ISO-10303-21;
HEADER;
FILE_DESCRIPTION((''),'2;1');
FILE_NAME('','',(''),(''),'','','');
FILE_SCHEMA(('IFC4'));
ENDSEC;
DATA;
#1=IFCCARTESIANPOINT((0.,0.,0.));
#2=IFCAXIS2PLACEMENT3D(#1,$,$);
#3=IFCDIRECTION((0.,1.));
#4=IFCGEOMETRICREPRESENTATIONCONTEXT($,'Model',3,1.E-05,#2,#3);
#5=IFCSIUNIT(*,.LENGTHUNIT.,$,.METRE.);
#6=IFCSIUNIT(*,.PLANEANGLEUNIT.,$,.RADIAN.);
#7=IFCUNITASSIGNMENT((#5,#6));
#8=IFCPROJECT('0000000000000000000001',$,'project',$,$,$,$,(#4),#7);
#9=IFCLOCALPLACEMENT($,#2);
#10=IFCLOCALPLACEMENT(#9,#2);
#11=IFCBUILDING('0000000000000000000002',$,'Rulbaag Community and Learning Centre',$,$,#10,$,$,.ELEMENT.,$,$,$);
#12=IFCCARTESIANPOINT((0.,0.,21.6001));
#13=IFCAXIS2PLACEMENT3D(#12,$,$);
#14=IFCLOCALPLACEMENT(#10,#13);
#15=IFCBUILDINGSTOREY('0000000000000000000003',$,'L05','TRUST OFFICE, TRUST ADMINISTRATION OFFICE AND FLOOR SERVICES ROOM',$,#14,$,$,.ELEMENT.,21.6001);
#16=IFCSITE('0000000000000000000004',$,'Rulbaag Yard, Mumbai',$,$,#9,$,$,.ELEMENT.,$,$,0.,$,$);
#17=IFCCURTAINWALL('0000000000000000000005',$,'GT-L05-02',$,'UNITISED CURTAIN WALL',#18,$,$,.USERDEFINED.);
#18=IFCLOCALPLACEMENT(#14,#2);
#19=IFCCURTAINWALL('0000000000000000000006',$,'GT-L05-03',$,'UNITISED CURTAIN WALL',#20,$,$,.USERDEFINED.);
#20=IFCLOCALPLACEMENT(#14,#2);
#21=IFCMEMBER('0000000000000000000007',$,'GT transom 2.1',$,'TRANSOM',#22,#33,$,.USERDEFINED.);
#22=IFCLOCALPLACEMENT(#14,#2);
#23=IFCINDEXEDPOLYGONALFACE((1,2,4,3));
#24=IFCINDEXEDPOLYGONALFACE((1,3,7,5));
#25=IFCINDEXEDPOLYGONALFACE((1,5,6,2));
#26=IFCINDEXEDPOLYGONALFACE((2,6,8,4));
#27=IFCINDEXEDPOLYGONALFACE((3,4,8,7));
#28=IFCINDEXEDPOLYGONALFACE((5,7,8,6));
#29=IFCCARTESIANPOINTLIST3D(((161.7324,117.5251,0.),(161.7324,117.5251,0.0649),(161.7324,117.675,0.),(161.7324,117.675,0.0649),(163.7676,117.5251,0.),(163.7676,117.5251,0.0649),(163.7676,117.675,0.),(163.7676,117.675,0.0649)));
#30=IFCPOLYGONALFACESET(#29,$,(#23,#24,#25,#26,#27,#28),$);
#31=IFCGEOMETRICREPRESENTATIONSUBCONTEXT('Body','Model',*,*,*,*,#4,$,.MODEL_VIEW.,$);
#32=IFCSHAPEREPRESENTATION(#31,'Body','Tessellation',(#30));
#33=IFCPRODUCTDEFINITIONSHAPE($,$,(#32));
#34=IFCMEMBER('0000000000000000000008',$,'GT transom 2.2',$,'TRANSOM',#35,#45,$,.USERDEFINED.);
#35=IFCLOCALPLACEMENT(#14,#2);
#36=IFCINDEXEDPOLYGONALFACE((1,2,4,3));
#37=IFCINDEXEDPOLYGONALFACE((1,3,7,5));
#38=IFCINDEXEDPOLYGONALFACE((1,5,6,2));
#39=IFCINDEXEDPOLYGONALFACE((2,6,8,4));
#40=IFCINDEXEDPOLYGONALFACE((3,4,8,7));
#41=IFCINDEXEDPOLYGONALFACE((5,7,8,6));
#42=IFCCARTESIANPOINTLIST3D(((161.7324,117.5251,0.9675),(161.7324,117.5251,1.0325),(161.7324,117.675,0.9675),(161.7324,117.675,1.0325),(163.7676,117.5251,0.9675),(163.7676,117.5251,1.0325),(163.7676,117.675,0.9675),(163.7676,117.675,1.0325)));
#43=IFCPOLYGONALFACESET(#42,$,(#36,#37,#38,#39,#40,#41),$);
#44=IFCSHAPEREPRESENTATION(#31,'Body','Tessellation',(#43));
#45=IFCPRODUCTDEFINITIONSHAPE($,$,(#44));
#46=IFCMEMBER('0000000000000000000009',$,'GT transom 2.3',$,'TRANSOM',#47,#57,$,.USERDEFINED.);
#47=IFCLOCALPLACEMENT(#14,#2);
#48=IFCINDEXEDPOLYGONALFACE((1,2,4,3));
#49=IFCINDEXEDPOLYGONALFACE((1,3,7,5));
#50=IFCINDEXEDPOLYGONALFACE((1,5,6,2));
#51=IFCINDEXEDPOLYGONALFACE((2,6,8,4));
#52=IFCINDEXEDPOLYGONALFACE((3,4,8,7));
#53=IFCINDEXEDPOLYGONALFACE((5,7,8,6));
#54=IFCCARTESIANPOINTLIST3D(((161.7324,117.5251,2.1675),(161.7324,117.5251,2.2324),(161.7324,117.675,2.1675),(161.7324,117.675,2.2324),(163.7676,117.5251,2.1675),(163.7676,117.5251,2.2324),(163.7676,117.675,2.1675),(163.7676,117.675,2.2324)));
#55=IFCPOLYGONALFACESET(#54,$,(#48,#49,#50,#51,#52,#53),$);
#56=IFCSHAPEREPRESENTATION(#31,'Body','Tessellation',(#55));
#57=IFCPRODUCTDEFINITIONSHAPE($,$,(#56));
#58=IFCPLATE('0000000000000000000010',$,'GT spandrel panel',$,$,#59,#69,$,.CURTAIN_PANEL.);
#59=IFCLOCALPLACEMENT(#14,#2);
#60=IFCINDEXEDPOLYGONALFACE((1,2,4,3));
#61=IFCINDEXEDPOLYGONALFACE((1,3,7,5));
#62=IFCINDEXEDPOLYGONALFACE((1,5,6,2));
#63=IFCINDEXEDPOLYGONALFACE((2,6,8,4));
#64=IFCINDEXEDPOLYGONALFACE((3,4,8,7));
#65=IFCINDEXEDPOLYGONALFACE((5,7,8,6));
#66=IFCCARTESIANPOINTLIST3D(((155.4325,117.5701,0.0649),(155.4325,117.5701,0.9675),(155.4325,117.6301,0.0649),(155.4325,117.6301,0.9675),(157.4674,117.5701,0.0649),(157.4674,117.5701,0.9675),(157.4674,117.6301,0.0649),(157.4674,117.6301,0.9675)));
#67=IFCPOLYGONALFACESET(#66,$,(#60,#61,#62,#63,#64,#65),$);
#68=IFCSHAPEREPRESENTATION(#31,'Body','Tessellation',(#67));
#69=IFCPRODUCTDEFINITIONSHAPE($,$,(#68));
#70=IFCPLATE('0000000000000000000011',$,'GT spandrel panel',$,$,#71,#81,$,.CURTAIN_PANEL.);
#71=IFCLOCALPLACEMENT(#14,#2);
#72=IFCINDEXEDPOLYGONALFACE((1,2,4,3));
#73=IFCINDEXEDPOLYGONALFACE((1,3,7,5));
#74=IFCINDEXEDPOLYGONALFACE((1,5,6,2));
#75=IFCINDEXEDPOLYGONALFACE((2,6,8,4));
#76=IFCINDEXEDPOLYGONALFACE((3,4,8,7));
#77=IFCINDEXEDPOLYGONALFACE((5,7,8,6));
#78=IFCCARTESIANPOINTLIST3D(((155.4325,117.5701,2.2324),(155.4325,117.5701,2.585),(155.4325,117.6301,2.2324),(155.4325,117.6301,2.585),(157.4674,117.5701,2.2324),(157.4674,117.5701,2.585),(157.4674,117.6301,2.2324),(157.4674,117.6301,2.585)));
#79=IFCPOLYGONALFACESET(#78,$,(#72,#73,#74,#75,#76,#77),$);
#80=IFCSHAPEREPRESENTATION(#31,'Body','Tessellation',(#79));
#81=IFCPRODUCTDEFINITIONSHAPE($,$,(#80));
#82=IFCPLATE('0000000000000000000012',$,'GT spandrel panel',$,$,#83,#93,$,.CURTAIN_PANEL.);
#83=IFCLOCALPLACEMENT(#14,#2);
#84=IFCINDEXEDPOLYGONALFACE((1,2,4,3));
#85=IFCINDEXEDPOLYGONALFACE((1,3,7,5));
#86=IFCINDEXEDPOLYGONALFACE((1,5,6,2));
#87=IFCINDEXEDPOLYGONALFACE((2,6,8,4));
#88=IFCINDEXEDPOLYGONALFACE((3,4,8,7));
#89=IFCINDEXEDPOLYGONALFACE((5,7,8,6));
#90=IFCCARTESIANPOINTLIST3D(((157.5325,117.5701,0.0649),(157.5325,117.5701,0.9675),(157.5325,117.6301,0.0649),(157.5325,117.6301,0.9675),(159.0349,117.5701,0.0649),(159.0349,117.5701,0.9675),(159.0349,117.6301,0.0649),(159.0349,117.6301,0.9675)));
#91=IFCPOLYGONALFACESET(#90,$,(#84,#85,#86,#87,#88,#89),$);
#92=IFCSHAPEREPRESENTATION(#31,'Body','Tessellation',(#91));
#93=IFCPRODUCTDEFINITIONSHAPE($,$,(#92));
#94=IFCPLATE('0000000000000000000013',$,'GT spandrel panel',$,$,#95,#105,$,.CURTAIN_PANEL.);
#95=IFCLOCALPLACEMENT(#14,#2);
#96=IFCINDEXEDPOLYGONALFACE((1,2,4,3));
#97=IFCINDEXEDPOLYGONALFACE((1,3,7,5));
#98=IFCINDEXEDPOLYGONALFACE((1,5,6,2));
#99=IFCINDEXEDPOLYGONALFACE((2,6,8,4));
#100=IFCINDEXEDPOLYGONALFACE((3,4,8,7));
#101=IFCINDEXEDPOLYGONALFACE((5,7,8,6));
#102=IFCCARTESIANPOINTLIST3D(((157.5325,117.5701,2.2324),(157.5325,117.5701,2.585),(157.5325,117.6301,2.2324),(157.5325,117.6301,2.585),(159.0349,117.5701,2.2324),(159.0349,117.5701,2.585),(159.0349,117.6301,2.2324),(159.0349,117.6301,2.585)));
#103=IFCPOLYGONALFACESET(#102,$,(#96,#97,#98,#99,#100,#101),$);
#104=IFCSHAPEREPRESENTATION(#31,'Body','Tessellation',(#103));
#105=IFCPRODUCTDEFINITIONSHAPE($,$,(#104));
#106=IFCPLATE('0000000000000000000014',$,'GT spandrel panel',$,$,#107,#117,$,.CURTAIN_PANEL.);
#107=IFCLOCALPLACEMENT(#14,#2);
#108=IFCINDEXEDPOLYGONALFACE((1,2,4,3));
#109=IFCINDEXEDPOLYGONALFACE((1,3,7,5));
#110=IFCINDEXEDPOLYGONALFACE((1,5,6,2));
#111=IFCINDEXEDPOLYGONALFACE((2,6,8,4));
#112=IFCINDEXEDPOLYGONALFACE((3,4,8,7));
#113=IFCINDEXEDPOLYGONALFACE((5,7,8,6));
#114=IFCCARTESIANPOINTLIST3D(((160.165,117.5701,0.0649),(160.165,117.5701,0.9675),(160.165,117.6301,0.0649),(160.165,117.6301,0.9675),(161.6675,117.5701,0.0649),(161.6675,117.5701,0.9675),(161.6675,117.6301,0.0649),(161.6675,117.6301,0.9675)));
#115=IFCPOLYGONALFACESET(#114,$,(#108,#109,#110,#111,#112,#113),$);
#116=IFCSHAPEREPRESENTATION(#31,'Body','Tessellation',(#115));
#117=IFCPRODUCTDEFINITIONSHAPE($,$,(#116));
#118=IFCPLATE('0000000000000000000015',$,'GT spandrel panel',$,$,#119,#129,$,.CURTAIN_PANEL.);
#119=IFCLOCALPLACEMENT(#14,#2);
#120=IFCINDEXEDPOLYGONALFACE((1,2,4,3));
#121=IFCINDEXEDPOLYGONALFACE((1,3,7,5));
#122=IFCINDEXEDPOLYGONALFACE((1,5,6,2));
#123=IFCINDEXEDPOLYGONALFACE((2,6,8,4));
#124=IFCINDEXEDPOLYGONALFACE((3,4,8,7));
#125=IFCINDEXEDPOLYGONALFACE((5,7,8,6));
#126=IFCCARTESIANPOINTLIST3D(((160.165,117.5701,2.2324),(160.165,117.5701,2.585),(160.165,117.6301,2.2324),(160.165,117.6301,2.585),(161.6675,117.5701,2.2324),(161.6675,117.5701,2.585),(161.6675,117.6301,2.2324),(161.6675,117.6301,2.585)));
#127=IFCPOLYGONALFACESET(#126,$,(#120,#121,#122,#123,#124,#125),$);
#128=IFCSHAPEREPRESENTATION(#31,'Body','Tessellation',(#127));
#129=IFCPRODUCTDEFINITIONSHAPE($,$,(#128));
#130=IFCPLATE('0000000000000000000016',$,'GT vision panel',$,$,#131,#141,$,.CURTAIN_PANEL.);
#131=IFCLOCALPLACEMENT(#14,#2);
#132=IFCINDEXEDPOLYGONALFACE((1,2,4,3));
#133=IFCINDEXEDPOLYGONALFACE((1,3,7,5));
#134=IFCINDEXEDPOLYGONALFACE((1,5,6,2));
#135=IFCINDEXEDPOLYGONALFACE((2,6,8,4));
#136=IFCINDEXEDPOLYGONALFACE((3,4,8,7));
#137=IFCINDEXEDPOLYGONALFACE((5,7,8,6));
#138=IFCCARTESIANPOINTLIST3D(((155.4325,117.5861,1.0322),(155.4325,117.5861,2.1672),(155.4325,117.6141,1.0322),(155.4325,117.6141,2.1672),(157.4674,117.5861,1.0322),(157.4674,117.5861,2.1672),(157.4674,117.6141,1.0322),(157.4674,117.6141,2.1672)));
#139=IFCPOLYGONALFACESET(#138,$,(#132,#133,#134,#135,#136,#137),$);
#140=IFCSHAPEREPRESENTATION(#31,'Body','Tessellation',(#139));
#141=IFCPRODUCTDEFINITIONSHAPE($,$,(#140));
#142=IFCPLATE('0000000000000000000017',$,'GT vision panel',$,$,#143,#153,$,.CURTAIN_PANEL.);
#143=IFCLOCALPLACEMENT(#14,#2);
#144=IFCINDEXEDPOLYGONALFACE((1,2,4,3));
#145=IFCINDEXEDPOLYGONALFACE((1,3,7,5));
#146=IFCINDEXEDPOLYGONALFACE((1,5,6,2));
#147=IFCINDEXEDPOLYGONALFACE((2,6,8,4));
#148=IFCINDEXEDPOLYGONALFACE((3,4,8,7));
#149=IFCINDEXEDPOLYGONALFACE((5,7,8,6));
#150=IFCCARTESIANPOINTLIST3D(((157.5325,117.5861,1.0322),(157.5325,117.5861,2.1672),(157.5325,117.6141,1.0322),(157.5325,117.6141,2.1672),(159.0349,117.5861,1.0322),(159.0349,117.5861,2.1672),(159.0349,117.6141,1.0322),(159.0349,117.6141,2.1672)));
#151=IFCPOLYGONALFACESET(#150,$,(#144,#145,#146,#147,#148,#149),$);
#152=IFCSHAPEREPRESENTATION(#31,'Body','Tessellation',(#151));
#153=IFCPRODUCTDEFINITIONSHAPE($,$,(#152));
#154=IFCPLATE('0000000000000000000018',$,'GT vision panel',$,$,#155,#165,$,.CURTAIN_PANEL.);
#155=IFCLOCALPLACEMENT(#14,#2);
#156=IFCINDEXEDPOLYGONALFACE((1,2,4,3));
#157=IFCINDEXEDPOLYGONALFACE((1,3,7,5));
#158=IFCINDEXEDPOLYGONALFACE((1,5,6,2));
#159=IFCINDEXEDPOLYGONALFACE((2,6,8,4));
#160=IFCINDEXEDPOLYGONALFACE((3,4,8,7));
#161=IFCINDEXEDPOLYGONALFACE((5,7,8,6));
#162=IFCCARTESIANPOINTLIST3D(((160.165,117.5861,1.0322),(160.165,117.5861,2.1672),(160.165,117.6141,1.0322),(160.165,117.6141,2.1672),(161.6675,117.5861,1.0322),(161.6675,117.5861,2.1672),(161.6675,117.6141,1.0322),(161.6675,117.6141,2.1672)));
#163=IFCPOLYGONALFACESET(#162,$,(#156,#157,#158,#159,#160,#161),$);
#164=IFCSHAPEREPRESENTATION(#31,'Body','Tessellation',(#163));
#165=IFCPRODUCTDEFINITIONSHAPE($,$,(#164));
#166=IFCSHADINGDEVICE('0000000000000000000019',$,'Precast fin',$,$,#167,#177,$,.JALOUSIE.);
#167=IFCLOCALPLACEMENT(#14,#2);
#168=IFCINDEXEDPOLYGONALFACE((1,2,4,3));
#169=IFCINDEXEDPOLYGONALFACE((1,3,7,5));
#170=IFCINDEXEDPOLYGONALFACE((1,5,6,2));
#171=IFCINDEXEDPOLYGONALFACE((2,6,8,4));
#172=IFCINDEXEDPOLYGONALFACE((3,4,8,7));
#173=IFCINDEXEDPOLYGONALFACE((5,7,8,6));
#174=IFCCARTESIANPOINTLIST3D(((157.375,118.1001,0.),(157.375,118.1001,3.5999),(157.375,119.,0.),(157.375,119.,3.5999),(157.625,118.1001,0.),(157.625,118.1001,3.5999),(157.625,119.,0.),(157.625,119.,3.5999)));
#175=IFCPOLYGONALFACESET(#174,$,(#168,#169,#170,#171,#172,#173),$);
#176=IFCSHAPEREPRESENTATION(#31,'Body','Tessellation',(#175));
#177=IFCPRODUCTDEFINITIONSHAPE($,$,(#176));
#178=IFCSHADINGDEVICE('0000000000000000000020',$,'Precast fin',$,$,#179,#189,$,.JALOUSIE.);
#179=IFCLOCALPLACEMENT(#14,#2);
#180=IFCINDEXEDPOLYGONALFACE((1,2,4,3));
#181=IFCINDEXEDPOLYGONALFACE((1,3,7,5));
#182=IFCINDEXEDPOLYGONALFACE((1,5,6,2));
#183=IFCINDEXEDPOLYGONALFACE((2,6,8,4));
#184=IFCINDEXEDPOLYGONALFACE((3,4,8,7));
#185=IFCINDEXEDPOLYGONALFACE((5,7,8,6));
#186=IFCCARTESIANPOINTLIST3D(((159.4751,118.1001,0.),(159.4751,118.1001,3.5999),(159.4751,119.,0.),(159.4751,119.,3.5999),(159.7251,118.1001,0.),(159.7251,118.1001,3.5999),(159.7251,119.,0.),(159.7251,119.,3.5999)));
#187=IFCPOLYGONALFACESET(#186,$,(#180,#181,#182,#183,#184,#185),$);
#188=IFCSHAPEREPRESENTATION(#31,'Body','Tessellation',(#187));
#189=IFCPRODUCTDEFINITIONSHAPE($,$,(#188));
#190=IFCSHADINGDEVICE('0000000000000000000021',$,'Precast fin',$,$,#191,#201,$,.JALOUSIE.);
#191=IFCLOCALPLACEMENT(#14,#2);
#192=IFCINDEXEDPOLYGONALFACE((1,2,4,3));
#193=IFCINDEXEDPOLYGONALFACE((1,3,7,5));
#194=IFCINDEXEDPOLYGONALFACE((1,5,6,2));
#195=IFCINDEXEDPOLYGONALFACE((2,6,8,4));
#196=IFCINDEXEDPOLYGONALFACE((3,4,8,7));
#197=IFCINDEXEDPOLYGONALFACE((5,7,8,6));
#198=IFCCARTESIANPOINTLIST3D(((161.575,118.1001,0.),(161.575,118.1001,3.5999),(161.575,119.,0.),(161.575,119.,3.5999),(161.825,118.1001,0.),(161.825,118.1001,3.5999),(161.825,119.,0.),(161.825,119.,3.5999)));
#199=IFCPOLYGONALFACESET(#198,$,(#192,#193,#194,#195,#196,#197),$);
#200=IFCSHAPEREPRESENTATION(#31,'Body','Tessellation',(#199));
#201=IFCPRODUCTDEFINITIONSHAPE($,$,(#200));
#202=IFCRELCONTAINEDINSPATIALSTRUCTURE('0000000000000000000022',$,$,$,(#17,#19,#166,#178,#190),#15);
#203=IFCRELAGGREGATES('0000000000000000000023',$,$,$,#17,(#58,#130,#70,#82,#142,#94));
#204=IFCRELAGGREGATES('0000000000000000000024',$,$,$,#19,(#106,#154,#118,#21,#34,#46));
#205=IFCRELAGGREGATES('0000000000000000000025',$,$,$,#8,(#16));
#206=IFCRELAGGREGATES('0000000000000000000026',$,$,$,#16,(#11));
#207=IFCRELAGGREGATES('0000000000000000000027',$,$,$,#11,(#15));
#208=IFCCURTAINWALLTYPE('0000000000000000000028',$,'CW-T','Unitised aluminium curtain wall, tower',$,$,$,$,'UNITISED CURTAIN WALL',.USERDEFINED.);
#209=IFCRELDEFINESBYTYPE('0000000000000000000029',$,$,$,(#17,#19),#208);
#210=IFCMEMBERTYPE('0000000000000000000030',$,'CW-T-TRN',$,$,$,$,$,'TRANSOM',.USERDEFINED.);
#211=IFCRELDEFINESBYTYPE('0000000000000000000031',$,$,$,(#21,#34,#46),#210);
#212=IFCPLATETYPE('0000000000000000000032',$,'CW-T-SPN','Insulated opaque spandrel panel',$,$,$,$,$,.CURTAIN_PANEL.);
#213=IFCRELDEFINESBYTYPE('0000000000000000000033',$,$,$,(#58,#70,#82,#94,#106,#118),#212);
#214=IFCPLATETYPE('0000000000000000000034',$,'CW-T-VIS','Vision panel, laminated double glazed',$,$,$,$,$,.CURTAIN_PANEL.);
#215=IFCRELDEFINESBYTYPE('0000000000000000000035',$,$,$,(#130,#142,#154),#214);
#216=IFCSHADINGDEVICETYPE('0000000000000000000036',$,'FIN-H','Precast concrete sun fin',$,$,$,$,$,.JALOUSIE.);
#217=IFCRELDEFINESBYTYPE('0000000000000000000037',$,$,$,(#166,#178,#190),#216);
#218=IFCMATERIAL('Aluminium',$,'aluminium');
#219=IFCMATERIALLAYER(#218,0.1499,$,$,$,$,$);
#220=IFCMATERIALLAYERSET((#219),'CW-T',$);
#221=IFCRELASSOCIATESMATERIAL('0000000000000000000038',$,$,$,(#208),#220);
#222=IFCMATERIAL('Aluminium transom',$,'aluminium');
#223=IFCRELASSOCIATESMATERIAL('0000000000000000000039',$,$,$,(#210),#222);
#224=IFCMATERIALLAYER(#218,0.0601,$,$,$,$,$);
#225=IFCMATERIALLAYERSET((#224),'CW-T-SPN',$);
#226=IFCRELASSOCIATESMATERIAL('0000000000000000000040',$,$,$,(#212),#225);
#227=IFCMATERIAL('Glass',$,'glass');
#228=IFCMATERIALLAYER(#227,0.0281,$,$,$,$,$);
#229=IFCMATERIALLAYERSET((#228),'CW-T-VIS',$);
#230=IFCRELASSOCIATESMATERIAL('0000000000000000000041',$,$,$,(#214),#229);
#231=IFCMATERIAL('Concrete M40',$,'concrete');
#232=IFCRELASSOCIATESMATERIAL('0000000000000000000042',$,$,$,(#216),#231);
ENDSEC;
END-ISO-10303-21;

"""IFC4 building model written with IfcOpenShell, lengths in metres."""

from ifc_helpers import new_model, si_unit, direction, frame, origin, origin_2d, place, context, subcontext, project, spatial, rectangle, extrude, material, layer, layer_set, material_profile, profile_set, type_object, element, aggregate, save


model = new_model("IFC4")

# Units and contexts
model_context = context("Model", 3, precision=1e-05, world=origin(), true_north=direction((0.0, 1.0)))
body_context = subcontext(model_context, "Body", "Model", "MODEL_VIEW")
ifc_project = project(units=[si_unit("LENGTHUNIT", "METRE"), si_unit("PLANEANGLEUNIT", "RADIAN")], contexts=[model_context])

# Site, building, storey
site_placement = place(None, origin())
site = spatial("IfcSite", under=ifc_project, at=site_placement, Name="Rulbaag Yard, Mumbai", CompositionType="ELEMENT", RefElevation=0.0)
building_placement = place(site_placement, origin())
building = spatial("IfcBuilding", under=site, at=building_placement, Name="Rulbaag Community and Learning Centre", CompositionType="ELEMENT")
storey_placement = place(building_placement, frame((0.0, 0.0, 21.6001)))
storey = spatial("IfcBuildingStorey", under=building, at=storey_placement, Name="L05", Description="TRUST OFFICE, TRUST ADMINISTRATION OFFICE AND FLOOR SERVICES ROOM", CompositionType="ELEMENT", Elevation=21.6001)

# Shared definitions
ifc_material_1 = material(Name="Concrete M40", Category="concrete")

# Curtain walls
ifc_material_2 = material(Name="Aluminium", Category="aluminium")
ifc_layer_1 = layer(ifc_material_2, 0.1499)
ifc_layer_set_1 = layer_set([ifc_layer_1], Name="CW-T")
curtain_wall_type = type_object("IfcCurtainWallType", Name="CW-T", Description="Unitised aluminium curtain wall, tower", ElementType="UNITISED CURTAIN WALL", PredefinedType="USERDEFINED", material=ifc_layer_set_1)
curtain_wall_1_placement = place(storey_placement, origin())
curtain_wall_1 = element("IfcCurtainWall", 1, at=curtain_wall_1_placement, inside=storey, type_object=curtain_wall_type, Name="GT-L05-02", ObjectType="UNITISED CURTAIN WALL", PredefinedType="USERDEFINED")
curtain_wall_2_placement = place(storey_placement, origin())
curtain_wall_2 = element("IfcCurtainWall", 2, at=curtain_wall_2_placement, inside=storey, type_object=curtain_wall_type, Name="GT-L05-03", ObjectType="UNITISED CURTAIN WALL", PredefinedType="USERDEFINED")

# Members
ifc_material_3 = material(Name="Aluminium transom", Category="aluminium")
ifc_material_profile_1 = material_profile(ifc_material_3, rectangle(XDim=0.1499, YDim=0.0649, at=origin_2d()), Name="AL 65x150 T")
ifc_profile_set_1 = profile_set([ifc_material_profile_1], Name="Aluminium transom")
member_type_1 = type_object("IfcMemberType", Name="CW-T-TRN", ElementType="TRANSOM", PredefinedType="USERDEFINED", material=ifc_profile_set_1)
member_1_placement = place(storey_placement, frame((161.7324, 117.6001, 0.0325), z_axis=(1.0, 0.0, 0.0), x_axis=(0.0, 1.0, 0.0)))
member_1 = element("IfcMember", 3, at=member_1_placement, type_object=member_type_1, Name="GT transom 2.1", ObjectType="TRANSOM", PredefinedType="USERDEFINED", context=body_context, shape_type="SweptSolid", body=[
    extrude(rectangle(XDim=0.1499, YDim=0.0649, at=origin_2d()), origin(), (0.0, 0.0, 1.0), 2.0352),
])
member_2_placement = place(storey_placement, frame((161.7324, 117.6001, 1.0), z_axis=(1.0, 0.0, 0.0), x_axis=(0.0, 1.0, 0.0)))
member_2 = element("IfcMember", 4, at=member_2_placement, type_object=member_type_1, Name="GT transom 2.2", ObjectType="TRANSOM", PredefinedType="USERDEFINED", context=body_context, shape_type="SweptSolid", body=[
    extrude(rectangle(XDim=0.1499, YDim=0.0649, at=origin_2d()), origin(), (0.0, 0.0, 1.0), 2.0352),
])
member_3_placement = place(storey_placement, frame((161.7324, 117.6001, 2.2), z_axis=(1.0, 0.0, 0.0), x_axis=(0.0, 1.0, 0.0)))
member_3 = element("IfcMember", 5, at=member_3_placement, type_object=member_type_1, Name="GT transom 2.3", ObjectType="TRANSOM", PredefinedType="USERDEFINED", context=body_context, shape_type="SweptSolid", body=[
    extrude(rectangle(XDim=0.1499, YDim=0.0649, at=origin_2d()), origin(), (0.0, 0.0, 1.0), 2.0352),
])

# Plates
ifc_layer_2 = layer(ifc_material_2, 0.0601)
ifc_layer_set_2 = layer_set([ifc_layer_2], Name="CW-T-SPN")
plate_type_1 = type_object("IfcPlateType", Name="CW-T-SPN", Description="Insulated opaque spandrel panel", PredefinedType="CURTAIN_PANEL", material=ifc_layer_set_2)
plate_1_placement = place(storey_placement, frame((156.45, 117.6001, 0.0649), z_axis=(0.0, 0.0, 1.0), x_axis=(1.0, 0.0, 0.0)))
plate_1 = element("IfcPlate", 6, at=plate_1_placement, type_object=plate_type_1, Name="GT spandrel panel", PredefinedType="CURTAIN_PANEL", context=body_context, shape_type="SweptSolid", body=[
    extrude(rectangle(XDim=2.0349, YDim=0.0601, at=origin_2d()), origin(), (0.0, 0.0, 1.0), 0.9026),
])
plate_2_placement = place(storey_placement, frame((156.45, 117.6001, 2.2324), z_axis=(0.0, 0.0, 1.0), x_axis=(1.0, 0.0, 0.0)))
plate_2 = element("IfcPlate", 7, at=plate_2_placement, type_object=plate_type_1, Name="GT spandrel panel", PredefinedType="CURTAIN_PANEL", context=body_context, shape_type="SweptSolid", body=[
    extrude(rectangle(XDim=2.0349, YDim=0.0601, at=origin_2d()), origin(), (0.0, 0.0, 1.0), 0.3525),
])
plate_3_placement = place(storey_placement, frame((158.2837, 117.6001, 0.0649), z_axis=(0.0, 0.0, 1.0), x_axis=(1.0, 0.0, 0.0)))
plate_3 = element("IfcPlate", 8, at=plate_3_placement, type_object=plate_type_1, Name="GT spandrel panel", PredefinedType="CURTAIN_PANEL", context=body_context, shape_type="SweptSolid", body=[
    extrude(rectangle(XDim=1.5024, YDim=0.0601, at=origin_2d()), origin(), (0.0, 0.0, 1.0), 0.9026),
])
plate_4_placement = place(storey_placement, frame((158.2837, 117.6001, 2.2324), z_axis=(0.0, 0.0, 1.0), x_axis=(1.0, 0.0, 0.0)))
plate_4 = element("IfcPlate", 9, at=plate_4_placement, type_object=plate_type_1, Name="GT spandrel panel", PredefinedType="CURTAIN_PANEL", context=body_context, shape_type="SweptSolid", body=[
    extrude(rectangle(XDim=1.5024, YDim=0.0601, at=origin_2d()), origin(), (0.0, 0.0, 1.0), 0.3525),
])
plate_5_placement = place(storey_placement, frame((160.9163, 117.6001, 0.0649), z_axis=(0.0, 0.0, 1.0), x_axis=(1.0, 0.0, 0.0)))
plate_5 = element("IfcPlate", 10, at=plate_5_placement, type_object=plate_type_1, Name="GT spandrel panel", PredefinedType="CURTAIN_PANEL", context=body_context, shape_type="SweptSolid", body=[
    extrude(rectangle(XDim=1.5024, YDim=0.0601, at=origin_2d()), origin(), (0.0, 0.0, 1.0), 0.9026),
])
plate_6_placement = place(storey_placement, frame((160.9163, 117.6001, 2.2324), z_axis=(0.0, 0.0, 1.0), x_axis=(1.0, 0.0, 0.0)))
plate_6 = element("IfcPlate", 11, at=plate_6_placement, type_object=plate_type_1, Name="GT spandrel panel", PredefinedType="CURTAIN_PANEL", context=body_context, shape_type="SweptSolid", body=[
    extrude(rectangle(XDim=1.5024, YDim=0.0601, at=origin_2d()), origin(), (0.0, 0.0, 1.0), 0.3525),
])
ifc_material_4 = material(Name="Glass", Category="glass")
ifc_layer_3 = layer(ifc_material_4, 0.0281)
ifc_layer_set_3 = layer_set([ifc_layer_3], Name="CW-T-VIS")
plate_type_2 = type_object("IfcPlateType", Name="CW-T-VIS", Description="Vision panel, laminated double glazed", PredefinedType="CURTAIN_PANEL", material=ifc_layer_set_3)
plate_7_placement = place(storey_placement, frame((156.45, 117.6001, 1.0322), z_axis=(0.0, 0.0, 1.0), x_axis=(1.0, 0.0, 0.0)))
plate_7 = element("IfcPlate", 12, at=plate_7_placement, type_object=plate_type_2, Name="GT vision panel", PredefinedType="CURTAIN_PANEL", context=body_context, shape_type="SweptSolid", body=[
    extrude(rectangle(XDim=2.0349, YDim=0.0281, at=origin_2d()), origin(), (0.0, 0.0, 1.0), 1.135),
])
plate_8_placement = place(storey_placement, frame((158.2837, 117.6001, 1.0322), z_axis=(0.0, 0.0, 1.0), x_axis=(1.0, 0.0, 0.0)))
plate_8 = element("IfcPlate", 13, at=plate_8_placement, type_object=plate_type_2, Name="GT vision panel", PredefinedType="CURTAIN_PANEL", context=body_context, shape_type="SweptSolid", body=[
    extrude(rectangle(XDim=1.5024, YDim=0.0281, at=origin_2d()), origin(), (0.0, 0.0, 1.0), 1.135),
])
aggregate(curtain_wall_1, [plate_1, plate_7, plate_2, plate_3, plate_8, plate_4])
plate_9_placement = place(storey_placement, frame((160.9163, 117.6001, 1.0322), z_axis=(0.0, 0.0, 1.0), x_axis=(1.0, 0.0, 0.0)))
plate_9 = element("IfcPlate", 14, at=plate_9_placement, type_object=plate_type_2, Name="GT vision panel", PredefinedType="CURTAIN_PANEL", context=body_context, shape_type="SweptSolid", body=[
    extrude(rectangle(XDim=1.5024, YDim=0.0281, at=origin_2d()), origin(), (0.0, 0.0, 1.0), 1.135),
])
aggregate(curtain_wall_2, [plate_5, plate_9, plate_6, member_1, member_2, member_3])

# Shading devices
ifc_material_profile_2 = material_profile(ifc_material_1, rectangle(XDim=0.25, YDim=0.8999, at=origin_2d()), Name="PC 250x900")
ifc_profile_set_2 = profile_set([ifc_material_profile_2], Name="Concrete M40")
shading_device_type = type_object("IfcShadingDeviceType", Name="FIN-H", Description="Precast concrete sun fin", PredefinedType="JALOUSIE", material=ifc_profile_set_2)
for number, where, z_axis, x_axis, name in (
    (15, (157.5, 118.55, 0.0), (0.0, 0.0, 1.0), (1.0, 0.0, 0.0), "Precast fin"),
    (16, (159.6001, 118.55, 0.0), (0.0, 0.0, 1.0), (1.0, 0.0, 0.0), "Precast fin"),
    (17, (161.7, 118.55, 0.0), (0.0, 0.0, 1.0), (1.0, 0.0, 0.0), "Precast fin"),
):
    element("IfcShadingDevice", number, at=place(storey_placement, frame(where, z_axis=z_axis, x_axis=x_axis)), inside=storey, type_object=shading_device_type, Name=name, PredefinedType="JALOUSIE", context=body_context, shape_type="SweptSolid", body=[
        extrude(rectangle(XDim=0.25, YDim=0.8999, at=origin_2d()), origin(), (0.0, 0.0, 1.0), 3.5999),
    ])

save(model, "model.ifc")
